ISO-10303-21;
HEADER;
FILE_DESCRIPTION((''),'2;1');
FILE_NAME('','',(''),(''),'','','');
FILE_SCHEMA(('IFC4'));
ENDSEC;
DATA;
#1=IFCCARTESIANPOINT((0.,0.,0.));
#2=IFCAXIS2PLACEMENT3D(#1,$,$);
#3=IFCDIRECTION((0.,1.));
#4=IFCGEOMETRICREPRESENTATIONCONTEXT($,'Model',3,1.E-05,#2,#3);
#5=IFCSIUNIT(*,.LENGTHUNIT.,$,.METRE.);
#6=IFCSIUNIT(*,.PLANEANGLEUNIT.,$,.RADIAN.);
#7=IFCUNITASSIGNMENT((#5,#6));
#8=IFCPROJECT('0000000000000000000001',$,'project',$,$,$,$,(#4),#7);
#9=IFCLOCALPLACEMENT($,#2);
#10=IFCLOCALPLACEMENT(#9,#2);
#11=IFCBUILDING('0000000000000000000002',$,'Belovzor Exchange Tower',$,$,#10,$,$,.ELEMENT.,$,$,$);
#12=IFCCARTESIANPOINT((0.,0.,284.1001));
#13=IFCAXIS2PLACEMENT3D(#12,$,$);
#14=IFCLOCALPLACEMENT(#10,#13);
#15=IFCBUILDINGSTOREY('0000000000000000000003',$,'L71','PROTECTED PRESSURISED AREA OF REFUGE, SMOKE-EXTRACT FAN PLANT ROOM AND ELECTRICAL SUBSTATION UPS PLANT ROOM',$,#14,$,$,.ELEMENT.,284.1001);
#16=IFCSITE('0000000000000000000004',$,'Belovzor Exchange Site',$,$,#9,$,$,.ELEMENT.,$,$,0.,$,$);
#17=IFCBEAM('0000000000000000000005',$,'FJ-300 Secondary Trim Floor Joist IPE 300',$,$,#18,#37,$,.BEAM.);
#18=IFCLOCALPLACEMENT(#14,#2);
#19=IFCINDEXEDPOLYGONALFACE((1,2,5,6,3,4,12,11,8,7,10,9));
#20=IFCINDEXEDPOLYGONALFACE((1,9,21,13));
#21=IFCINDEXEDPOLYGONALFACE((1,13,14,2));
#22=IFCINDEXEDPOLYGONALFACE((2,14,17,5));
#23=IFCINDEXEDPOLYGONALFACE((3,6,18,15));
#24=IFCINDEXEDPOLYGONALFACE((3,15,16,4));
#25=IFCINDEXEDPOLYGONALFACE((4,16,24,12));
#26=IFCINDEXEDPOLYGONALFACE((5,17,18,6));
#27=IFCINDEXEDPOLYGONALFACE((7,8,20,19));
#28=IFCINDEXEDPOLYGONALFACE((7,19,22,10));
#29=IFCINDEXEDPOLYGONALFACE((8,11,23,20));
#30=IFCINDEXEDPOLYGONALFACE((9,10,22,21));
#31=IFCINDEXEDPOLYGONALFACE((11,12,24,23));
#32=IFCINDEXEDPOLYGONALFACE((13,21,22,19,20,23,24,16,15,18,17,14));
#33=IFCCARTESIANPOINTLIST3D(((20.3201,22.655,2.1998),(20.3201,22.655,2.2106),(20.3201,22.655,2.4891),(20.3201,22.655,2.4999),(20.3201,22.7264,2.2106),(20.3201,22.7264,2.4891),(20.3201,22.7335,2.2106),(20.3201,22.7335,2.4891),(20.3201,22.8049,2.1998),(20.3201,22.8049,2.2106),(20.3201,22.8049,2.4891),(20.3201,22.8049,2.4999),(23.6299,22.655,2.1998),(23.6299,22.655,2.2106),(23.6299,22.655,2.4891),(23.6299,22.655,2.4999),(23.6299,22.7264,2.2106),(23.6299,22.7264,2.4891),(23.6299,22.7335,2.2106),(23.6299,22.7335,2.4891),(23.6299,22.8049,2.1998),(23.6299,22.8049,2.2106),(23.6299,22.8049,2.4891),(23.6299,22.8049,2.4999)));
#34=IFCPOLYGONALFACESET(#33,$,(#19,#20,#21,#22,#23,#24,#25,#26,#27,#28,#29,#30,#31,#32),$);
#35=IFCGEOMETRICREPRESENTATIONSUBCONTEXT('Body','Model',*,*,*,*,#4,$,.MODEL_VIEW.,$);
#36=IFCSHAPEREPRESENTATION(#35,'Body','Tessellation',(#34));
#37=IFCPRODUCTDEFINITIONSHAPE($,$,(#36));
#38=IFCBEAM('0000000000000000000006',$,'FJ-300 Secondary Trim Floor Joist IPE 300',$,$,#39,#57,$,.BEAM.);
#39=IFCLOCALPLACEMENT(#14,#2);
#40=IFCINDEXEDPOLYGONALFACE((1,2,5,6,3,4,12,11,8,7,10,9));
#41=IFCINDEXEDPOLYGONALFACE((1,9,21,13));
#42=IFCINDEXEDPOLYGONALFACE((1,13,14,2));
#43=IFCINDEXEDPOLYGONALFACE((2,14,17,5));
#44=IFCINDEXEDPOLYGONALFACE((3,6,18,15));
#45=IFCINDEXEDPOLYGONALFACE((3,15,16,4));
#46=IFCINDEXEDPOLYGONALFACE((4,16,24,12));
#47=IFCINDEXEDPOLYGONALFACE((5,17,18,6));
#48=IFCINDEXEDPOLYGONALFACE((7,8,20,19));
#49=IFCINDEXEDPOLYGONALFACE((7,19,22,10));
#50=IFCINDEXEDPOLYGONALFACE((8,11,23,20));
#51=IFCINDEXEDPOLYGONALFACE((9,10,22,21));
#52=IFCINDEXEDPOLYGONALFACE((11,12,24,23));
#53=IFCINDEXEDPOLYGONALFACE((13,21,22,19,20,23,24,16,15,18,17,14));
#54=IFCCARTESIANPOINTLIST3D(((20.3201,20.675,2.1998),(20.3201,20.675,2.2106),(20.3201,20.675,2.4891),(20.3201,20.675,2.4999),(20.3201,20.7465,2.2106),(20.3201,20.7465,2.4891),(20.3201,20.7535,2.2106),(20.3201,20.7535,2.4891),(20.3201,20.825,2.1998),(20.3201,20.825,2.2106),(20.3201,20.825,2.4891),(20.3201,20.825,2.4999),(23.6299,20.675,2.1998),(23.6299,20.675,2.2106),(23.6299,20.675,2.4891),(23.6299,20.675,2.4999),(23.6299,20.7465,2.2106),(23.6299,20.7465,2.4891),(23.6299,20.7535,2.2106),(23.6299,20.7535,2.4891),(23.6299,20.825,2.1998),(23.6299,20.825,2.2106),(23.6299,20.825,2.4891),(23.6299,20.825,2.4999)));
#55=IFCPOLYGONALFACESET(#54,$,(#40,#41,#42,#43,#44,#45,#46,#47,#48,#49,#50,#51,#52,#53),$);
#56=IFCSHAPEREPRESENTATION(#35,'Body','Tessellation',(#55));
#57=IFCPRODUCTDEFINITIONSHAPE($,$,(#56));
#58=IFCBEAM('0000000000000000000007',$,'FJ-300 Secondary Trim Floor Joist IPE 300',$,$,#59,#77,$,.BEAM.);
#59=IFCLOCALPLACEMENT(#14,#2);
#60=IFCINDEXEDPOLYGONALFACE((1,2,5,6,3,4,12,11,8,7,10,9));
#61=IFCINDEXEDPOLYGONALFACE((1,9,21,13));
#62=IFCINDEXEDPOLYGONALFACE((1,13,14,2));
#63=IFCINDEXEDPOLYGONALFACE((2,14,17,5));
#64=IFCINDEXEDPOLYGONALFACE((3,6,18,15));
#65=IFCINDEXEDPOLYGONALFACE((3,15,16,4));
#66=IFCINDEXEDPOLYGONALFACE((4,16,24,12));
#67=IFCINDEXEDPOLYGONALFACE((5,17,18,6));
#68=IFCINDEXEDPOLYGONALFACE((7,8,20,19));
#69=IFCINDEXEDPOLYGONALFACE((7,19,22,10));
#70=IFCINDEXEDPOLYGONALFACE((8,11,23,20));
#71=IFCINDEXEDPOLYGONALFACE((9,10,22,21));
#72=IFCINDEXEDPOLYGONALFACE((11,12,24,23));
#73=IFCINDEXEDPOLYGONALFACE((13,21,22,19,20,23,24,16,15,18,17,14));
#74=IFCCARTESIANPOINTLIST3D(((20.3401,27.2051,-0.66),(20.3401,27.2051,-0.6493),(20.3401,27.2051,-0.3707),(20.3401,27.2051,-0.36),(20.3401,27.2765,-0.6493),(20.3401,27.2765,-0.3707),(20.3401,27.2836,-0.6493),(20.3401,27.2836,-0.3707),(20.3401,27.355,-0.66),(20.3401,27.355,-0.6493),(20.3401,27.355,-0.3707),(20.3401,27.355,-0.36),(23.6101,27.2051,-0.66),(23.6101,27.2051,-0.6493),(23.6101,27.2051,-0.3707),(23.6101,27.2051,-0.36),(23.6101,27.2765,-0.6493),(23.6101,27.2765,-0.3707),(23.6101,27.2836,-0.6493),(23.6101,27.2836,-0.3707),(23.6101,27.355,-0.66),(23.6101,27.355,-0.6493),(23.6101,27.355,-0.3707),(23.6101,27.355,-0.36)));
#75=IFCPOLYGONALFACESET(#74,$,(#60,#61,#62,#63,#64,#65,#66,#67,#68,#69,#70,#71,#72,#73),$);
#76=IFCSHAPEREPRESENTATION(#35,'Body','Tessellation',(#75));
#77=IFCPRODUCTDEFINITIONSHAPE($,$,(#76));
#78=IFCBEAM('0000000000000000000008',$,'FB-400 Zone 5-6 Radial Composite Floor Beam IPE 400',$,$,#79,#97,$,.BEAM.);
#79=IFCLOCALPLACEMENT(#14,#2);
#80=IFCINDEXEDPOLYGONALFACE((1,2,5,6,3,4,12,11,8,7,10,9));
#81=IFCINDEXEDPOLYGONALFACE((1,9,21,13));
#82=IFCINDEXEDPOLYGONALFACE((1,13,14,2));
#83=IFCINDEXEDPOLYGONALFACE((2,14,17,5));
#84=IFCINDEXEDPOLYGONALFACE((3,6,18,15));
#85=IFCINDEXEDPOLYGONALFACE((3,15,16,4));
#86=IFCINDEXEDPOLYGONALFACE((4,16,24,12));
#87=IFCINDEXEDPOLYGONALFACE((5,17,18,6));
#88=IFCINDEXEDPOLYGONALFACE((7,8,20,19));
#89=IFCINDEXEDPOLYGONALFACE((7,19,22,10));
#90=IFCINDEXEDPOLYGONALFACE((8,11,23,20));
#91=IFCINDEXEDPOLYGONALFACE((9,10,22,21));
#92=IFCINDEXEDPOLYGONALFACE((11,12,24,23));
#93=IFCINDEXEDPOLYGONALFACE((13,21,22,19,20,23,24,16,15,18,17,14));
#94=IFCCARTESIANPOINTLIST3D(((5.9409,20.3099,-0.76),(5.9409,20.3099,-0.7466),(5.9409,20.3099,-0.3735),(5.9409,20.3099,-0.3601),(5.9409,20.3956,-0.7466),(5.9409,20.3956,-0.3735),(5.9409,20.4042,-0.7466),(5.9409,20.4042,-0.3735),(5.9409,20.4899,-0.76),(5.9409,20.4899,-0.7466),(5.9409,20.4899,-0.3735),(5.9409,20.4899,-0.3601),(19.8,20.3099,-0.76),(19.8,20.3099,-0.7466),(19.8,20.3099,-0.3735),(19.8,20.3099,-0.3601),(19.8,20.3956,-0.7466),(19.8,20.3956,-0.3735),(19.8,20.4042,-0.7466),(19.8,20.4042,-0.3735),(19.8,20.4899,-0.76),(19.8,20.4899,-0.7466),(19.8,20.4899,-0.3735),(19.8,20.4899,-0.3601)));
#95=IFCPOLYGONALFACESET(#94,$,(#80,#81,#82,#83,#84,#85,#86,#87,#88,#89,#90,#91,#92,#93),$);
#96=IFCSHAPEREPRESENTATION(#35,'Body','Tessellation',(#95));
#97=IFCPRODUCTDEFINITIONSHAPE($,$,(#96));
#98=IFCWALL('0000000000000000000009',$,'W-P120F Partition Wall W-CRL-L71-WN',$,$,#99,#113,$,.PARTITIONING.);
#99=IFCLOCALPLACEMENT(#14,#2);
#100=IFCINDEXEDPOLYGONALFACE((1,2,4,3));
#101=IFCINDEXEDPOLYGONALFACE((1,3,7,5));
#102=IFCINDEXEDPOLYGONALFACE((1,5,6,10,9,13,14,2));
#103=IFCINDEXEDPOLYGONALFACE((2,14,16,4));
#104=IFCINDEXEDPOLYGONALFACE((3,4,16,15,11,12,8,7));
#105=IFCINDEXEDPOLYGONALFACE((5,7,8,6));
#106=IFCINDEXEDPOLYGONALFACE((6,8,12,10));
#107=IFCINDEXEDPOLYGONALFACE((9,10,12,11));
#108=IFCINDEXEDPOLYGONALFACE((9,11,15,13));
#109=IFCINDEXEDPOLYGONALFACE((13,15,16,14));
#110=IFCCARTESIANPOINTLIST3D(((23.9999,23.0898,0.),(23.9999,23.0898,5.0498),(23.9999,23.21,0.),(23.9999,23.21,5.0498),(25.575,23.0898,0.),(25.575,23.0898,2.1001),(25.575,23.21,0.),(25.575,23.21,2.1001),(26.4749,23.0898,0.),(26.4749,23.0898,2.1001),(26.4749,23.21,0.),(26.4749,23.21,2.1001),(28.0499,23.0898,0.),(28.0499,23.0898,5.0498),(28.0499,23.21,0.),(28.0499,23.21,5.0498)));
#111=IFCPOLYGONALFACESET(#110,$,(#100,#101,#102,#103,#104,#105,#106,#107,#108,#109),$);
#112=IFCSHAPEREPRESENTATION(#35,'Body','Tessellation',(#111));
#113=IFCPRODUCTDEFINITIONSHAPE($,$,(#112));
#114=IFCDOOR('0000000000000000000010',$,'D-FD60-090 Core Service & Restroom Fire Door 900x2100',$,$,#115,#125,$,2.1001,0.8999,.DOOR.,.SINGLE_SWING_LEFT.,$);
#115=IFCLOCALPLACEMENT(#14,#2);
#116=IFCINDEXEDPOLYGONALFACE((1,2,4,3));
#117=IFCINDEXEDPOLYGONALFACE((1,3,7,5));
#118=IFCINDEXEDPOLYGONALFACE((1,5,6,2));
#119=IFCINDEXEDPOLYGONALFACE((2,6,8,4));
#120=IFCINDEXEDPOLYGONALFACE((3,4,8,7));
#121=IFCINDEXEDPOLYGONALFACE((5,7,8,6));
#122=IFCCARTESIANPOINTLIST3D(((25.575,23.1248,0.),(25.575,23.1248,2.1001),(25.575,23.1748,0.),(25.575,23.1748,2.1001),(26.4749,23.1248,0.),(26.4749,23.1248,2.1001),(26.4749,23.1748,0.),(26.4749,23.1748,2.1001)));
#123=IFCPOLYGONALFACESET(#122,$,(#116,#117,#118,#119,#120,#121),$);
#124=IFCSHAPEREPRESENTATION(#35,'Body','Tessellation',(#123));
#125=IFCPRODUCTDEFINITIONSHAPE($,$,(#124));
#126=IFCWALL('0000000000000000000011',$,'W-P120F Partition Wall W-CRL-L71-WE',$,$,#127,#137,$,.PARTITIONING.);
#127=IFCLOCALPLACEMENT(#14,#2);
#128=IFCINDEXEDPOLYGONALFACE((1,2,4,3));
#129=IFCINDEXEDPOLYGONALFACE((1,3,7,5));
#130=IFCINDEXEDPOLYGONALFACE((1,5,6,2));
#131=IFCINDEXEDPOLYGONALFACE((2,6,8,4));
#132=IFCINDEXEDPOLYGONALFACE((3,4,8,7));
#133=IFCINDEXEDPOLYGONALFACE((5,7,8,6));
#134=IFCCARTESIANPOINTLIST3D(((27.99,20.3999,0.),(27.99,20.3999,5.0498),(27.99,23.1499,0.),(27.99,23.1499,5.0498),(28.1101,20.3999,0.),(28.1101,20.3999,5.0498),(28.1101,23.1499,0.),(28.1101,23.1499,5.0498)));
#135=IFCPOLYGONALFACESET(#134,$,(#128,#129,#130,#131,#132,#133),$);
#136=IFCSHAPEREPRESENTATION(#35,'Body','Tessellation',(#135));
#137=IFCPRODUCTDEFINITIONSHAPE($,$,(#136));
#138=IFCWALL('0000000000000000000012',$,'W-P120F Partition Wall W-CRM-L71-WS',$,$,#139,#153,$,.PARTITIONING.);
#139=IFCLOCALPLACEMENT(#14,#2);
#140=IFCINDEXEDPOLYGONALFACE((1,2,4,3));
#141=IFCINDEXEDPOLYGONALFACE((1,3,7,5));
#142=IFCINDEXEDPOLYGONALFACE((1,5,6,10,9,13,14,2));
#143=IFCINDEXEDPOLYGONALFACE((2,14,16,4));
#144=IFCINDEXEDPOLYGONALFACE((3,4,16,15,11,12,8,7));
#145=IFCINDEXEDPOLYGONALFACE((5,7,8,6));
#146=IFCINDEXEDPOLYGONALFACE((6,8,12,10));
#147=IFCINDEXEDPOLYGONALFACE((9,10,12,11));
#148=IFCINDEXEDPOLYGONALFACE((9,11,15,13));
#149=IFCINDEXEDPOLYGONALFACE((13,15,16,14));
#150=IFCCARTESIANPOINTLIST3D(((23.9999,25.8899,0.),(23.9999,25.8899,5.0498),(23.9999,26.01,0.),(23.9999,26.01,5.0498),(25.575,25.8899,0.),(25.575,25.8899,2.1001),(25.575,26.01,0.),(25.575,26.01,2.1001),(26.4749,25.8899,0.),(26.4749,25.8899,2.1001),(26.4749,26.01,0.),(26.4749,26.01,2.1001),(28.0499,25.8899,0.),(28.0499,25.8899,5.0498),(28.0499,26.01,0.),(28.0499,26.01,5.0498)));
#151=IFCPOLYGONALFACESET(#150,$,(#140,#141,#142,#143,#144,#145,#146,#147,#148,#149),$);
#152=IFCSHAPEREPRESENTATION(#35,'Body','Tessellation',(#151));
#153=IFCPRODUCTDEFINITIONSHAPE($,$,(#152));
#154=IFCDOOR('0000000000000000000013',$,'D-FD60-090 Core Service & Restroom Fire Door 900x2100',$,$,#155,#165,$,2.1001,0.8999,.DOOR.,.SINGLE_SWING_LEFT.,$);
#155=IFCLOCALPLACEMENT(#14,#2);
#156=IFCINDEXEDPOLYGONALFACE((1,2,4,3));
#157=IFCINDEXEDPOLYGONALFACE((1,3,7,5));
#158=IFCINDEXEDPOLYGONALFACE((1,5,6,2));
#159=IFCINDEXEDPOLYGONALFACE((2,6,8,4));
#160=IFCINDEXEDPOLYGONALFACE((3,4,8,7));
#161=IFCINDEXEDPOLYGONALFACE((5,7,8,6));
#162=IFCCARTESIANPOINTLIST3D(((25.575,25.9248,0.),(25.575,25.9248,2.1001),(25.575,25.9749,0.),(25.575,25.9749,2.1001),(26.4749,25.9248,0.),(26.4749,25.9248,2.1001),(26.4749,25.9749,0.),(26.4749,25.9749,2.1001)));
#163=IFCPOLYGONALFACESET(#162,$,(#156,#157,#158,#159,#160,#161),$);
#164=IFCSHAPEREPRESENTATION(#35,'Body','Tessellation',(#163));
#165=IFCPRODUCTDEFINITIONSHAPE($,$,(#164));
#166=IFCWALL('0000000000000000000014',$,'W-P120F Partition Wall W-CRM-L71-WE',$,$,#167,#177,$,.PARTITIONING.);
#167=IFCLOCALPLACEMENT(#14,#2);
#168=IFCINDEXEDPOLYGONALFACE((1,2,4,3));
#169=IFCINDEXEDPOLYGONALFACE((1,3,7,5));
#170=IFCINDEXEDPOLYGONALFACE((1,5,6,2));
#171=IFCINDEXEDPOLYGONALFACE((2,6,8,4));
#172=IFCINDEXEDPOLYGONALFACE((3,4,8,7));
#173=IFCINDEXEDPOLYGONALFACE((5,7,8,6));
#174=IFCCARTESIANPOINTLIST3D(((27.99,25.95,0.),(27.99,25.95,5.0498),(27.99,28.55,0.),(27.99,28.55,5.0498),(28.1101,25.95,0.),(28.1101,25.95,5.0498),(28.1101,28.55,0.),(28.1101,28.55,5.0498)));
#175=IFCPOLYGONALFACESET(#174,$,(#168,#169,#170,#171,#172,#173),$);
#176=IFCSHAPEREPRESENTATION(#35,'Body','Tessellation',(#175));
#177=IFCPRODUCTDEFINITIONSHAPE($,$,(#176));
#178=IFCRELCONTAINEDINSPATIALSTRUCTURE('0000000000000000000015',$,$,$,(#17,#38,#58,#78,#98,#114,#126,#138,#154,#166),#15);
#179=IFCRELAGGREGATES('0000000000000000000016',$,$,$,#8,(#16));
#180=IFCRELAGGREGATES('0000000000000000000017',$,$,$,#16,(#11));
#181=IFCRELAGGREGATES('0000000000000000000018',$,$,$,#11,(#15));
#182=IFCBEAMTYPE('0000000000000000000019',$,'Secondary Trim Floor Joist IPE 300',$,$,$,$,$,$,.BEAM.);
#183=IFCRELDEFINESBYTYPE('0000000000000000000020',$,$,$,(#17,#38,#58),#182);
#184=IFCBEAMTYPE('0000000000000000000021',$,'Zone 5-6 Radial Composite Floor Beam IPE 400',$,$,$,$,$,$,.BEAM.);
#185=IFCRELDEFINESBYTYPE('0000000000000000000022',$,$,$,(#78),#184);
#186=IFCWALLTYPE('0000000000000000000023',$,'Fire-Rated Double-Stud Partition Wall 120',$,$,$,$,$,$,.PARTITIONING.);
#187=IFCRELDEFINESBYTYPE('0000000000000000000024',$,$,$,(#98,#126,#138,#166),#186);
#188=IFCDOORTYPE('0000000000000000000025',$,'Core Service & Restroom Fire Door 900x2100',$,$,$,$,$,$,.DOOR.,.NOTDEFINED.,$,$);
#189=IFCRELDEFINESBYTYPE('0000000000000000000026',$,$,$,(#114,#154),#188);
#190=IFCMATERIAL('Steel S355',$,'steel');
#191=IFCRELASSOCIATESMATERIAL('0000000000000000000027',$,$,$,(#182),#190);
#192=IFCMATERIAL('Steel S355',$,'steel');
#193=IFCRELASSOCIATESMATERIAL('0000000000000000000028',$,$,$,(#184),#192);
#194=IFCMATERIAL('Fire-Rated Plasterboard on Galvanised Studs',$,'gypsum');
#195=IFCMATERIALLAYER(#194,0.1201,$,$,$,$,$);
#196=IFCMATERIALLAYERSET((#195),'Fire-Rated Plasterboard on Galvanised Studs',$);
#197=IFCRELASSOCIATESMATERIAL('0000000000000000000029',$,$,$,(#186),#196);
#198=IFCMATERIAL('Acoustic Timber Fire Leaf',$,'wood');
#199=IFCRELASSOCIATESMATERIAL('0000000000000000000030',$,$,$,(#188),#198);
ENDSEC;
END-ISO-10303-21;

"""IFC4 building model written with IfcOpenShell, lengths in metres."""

from ifc_helpers import new_model, si_unit, direction, frame, frame_2d, origin, origin_2d, place, context, subcontext, project, spatial, rectangle, i_section, extrude, material, layer, layer_set, material_profile, profile_set, type_object, element, fill, save


model = new_model("IFC4")

# Units and contexts
model_context = context("Model", 3, precision=1e-05, world=origin(), true_north=direction((0.0, 1.0)))
body_context = subcontext(model_context, "Body", "Model", "MODEL_VIEW")
ifc_project = project(units=[si_unit("LENGTHUNIT", "METRE"), si_unit("PLANEANGLEUNIT", "RADIAN")], contexts=[model_context])

# Site, building, storey
site_placement = place(None, origin())
site = spatial("IfcSite", under=ifc_project, at=site_placement, Name="Belovzor Exchange Site", CompositionType="ELEMENT", RefElevation=0.0)
building_placement = place(site_placement, origin())
building = spatial("IfcBuilding", under=site, at=building_placement, Name="Belovzor Exchange Tower", CompositionType="ELEMENT")
storey_placement = place(building_placement, frame((0.0, 0.0, 284.1001)))
storey = spatial("IfcBuildingStorey", under=building, at=storey_placement, Name="L71", Description="PROTECTED PRESSURISED AREA OF REFUGE, SMOKE-EXTRACT FAN PLANT ROOM AND ELECTRICAL SUBSTATION UPS PLANT ROOM", CompositionType="ELEMENT", Elevation=284.1001)

# Beams
ifc_material_1 = material(Name="Steel S355", Category="steel")
ifc_material_profile_1 = material_profile(ifc_material_1, i_section(OverallWidth=0.1499, OverallDepth=0.3, WebThickness=0.0071, FlangeThickness=0.0107, at=origin_2d()))
ifc_profile_set_1 = profile_set([ifc_material_profile_1], Name="Steel S355")
beam_type_1 = type_object("IfcBeamType", Name="Secondary Trim Floor Joist IPE 300", PredefinedType="BEAM", material=ifc_profile_set_1)
for number, where, z_axis, x_axis, name in (
    (1, (20.3201, 22.73, 2.3499), (1.0, 0.0, 0.0), (0.0, 1.0, 0.0), "FJ-300 Secondary Trim Floor Joist IPE 300"),
    (2, (20.3201, 20.75, 2.3499), (1.0, 0.0, 0.0), (0.0, 1.0, 0.0), "FJ-300 Secondary Trim Floor Joist IPE 300"),
):
    element("IfcBeam", number, at=place(storey_placement, frame(where, z_axis=z_axis, x_axis=x_axis)), inside=storey, type_object=beam_type_1, Name=name, PredefinedType="BEAM", context=body_context, shape_type="SweptSolid", body=[
        extrude(i_section(OverallWidth=0.1499, OverallDepth=0.3, WebThickness=0.0071, FlangeThickness=0.0107, at=origin_2d()), origin(), (0.0, 0.0, 1.0), 3.3098),
    ])
beam_1_placement = place(storey_placement, frame((20.3401, 27.28, -0.51), z_axis=(1.0, 0.0, 0.0), x_axis=(0.0, 1.0, 0.0)))
element("IfcBeam", 3, at=beam_1_placement, inside=storey, type_object=beam_type_1, Name="FJ-300 Secondary Trim Floor Joist IPE 300", PredefinedType="BEAM", context=body_context, shape_type="SweptSolid", body=[
    extrude(i_section(OverallWidth=0.1499, OverallDepth=0.3, WebThickness=0.0071, FlangeThickness=0.0107, at=origin_2d()), origin(), (0.0, 0.0, 1.0), 3.27),
])
ifc_material_2 = material(Name="Steel S355", Category="steel")
ifc_material_profile_2 = material_profile(ifc_material_2, i_section(OverallWidth=0.1799, OverallDepth=0.3999, WebThickness=0.0085, FlangeThickness=0.0134, at=origin_2d()))
ifc_profile_set_2 = profile_set([ifc_material_profile_2], Name="Steel S355")
beam_type_2 = type_object("IfcBeamType", Name="Zone 5-6 Radial Composite Floor Beam IPE 400", PredefinedType="BEAM", material=ifc_profile_set_2)
beam_2_placement = place(storey_placement, frame((19.8, 20.3999, -0.5601), z_axis=(-1.0, 0.0, 0.0), x_axis=(0.0, -1.0, 0.0)))
element("IfcBeam", 4, at=beam_2_placement, inside=storey, type_object=beam_type_2, Name="FB-400 Zone 5-6 Radial Composite Floor Beam IPE 400", PredefinedType="BEAM", context=body_context, shape_type="SweptSolid", body=[
    extrude(i_section(OverallWidth=0.1799, OverallDepth=0.3999, WebThickness=0.0085, FlangeThickness=0.0134, at=origin_2d()), origin(), (0.0, 0.0, 1.0), 13.8591),
])

# Wall, opening, door
ifc_material_3 = material(Name="Fire-Rated Plasterboard on Galvanised Studs", Category="gypsum")
ifc_layer_1 = layer(ifc_material_3, 0.1201)
ifc_layer_set_1 = layer_set([ifc_layer_1], Name="Fire-Rated Plasterboard on Galvanised Studs")
wall_type_1 = type_object("IfcWallType", Name="Fire-Rated Double-Stud Partition Wall 120", PredefinedType="PARTITIONING", material=ifc_layer_set_1)
wall_1_placement = place(storey_placement, frame((24.0, 23.1499, 0.0), z_axis=(0.0, 0.0, 1.0), x_axis=(1.0, 0.0, 0.0)))
wall_1 = element("IfcWall", 5, at=wall_1_placement, inside=storey, type_object=wall_type_1, Name="W-P120F Partition Wall W-CRL-L71-WN", PredefinedType="PARTITIONING", context=body_context, shape_type="SweptSolid", body=[
    extrude(rectangle(XDim=4.05, YDim=0.1201, at=frame_2d((2.0249, 0.0))), origin(), (0.0, 0.0, 1.0), 5.0498),
])
opening_1_placement = place(wall_1_placement, frame((1.575, 0.0, 0.0)))
opening_1 = element("IfcOpeningElement", 6, at=opening_1_placement, cuts=wall_1, PredefinedType="OPENING", context=body_context, shape_type="SweptSolid", body=[
    extrude(rectangle(XDim=0.8999, YDim=2.1001, at=frame_2d((0.45, 1.05))), frame((0.0, 0.0701, 0.0), z_axis=(0.0, -1.0, 0.0), x_axis=(1.0, 0.0, 0.0)), (0.0, 0.0, 1.0), 0.1401),
])
ifc_material_4 = material(Name="Acoustic Timber Fire Leaf", Category="wood")
door_type_1 = type_object("IfcDoorType", Name="Core Service & Restroom Fire Door 900x2100", OperationType="NOTDEFINED", PredefinedType="DOOR", material=ifc_material_4)
door_1_placement = place(opening_1_placement, origin())
door_1 = element("IfcDoor", 7, at=door_1_placement, inside=storey, type_object=door_type_1, Name="D-FD60-090 Core Service & Restroom Fire Door 900x2100", OperationType="SINGLE_SWING_LEFT", OverallHeight=2.1001, OverallWidth=0.8999, PredefinedType="DOOR", context=body_context, shape_type="SweptSolid", body=[
    extrude(rectangle(XDim=0.8999, YDim=2.1001, at=frame_2d((0.45, 1.05))), frame((0.0, 0.0249, 0.0), z_axis=(0.0, -1.0, 0.0), x_axis=(1.0, 0.0, 0.0)), (0.0, 0.0, 1.0), 0.05),
])
fill(opening_1, door_1)

# Wall
wall_2_placement = place(storey_placement, frame((28.05, 20.3999, 0.0), z_axis=(0.0, 0.0, 1.0), x_axis=(0.0, 1.0, 0.0)))
element("IfcWall", 8, at=wall_2_placement, inside=storey, type_object=wall_type_1, Name="W-P120F Partition Wall W-CRL-L71-WE", PredefinedType="PARTITIONING", context=body_context, shape_type="SweptSolid", body=[
    extrude(rectangle(XDim=2.75, YDim=0.1201, at=frame_2d((1.375, 0.0))), origin(), (0.0, 0.0, 1.0), 5.0498),
])

# Wall, opening, door
wall_3_placement = place(storey_placement, frame((24.0, 25.95, 0.0), z_axis=(0.0, 0.0, 1.0), x_axis=(1.0, 0.0, 0.0)))
wall_3 = element("IfcWall", 9, at=wall_3_placement, inside=storey, type_object=wall_type_1, Name="W-P120F Partition Wall W-CRM-L71-WS", PredefinedType="PARTITIONING", context=body_context, shape_type="SweptSolid", body=[
    extrude(rectangle(XDim=4.05, YDim=0.1201, at=frame_2d((2.0249, 0.0))), origin(), (0.0, 0.0, 1.0), 5.0498),
])
opening_2_placement = place(wall_3_placement, frame((1.575, 0.0, 0.0)))
opening_2 = element("IfcOpeningElement", 10, at=opening_2_placement, cuts=wall_3, PredefinedType="OPENING", context=body_context, shape_type="SweptSolid", body=[
    extrude(rectangle(XDim=0.8999, YDim=2.1001, at=frame_2d((0.45, 1.05))), frame((0.0, 0.0701, 0.0), z_axis=(0.0, -1.0, 0.0), x_axis=(1.0, 0.0, 0.0)), (0.0, 0.0, 1.0), 0.1401),
])
door_2_placement = place(opening_2_placement, origin())
door_2 = element("IfcDoor", 11, at=door_2_placement, inside=storey, type_object=door_type_1, Name="D-FD60-090 Core Service & Restroom Fire Door 900x2100", OperationType="SINGLE_SWING_LEFT", OverallHeight=2.1001, OverallWidth=0.8999, PredefinedType="DOOR", context=body_context, shape_type="SweptSolid", body=[
    extrude(rectangle(XDim=0.8999, YDim=2.1001, at=frame_2d((0.45, 1.05))), frame((0.0, 0.0249, 0.0), z_axis=(0.0, -1.0, 0.0), x_axis=(1.0, 0.0, 0.0)), (0.0, 0.0, 1.0), 0.05),
])
fill(opening_2, door_2)

# Wall
wall_4_placement = place(storey_placement, frame((28.05, 25.95, 0.0), z_axis=(0.0, 0.0, 1.0), x_axis=(0.0, 1.0, 0.0)))
element("IfcWall", 12, at=wall_4_placement, inside=storey, type_object=wall_type_1, Name="W-P120F Partition Wall W-CRM-L71-WE", PredefinedType="PARTITIONING", context=body_context, shape_type="SweptSolid", body=[
    extrude(rectangle(XDim=2.6001, YDim=0.1201, at=frame_2d((1.3, 0.0))), origin(), (0.0, 0.0, 1.0), 5.0498),
])

save(model, "model.ifc")
